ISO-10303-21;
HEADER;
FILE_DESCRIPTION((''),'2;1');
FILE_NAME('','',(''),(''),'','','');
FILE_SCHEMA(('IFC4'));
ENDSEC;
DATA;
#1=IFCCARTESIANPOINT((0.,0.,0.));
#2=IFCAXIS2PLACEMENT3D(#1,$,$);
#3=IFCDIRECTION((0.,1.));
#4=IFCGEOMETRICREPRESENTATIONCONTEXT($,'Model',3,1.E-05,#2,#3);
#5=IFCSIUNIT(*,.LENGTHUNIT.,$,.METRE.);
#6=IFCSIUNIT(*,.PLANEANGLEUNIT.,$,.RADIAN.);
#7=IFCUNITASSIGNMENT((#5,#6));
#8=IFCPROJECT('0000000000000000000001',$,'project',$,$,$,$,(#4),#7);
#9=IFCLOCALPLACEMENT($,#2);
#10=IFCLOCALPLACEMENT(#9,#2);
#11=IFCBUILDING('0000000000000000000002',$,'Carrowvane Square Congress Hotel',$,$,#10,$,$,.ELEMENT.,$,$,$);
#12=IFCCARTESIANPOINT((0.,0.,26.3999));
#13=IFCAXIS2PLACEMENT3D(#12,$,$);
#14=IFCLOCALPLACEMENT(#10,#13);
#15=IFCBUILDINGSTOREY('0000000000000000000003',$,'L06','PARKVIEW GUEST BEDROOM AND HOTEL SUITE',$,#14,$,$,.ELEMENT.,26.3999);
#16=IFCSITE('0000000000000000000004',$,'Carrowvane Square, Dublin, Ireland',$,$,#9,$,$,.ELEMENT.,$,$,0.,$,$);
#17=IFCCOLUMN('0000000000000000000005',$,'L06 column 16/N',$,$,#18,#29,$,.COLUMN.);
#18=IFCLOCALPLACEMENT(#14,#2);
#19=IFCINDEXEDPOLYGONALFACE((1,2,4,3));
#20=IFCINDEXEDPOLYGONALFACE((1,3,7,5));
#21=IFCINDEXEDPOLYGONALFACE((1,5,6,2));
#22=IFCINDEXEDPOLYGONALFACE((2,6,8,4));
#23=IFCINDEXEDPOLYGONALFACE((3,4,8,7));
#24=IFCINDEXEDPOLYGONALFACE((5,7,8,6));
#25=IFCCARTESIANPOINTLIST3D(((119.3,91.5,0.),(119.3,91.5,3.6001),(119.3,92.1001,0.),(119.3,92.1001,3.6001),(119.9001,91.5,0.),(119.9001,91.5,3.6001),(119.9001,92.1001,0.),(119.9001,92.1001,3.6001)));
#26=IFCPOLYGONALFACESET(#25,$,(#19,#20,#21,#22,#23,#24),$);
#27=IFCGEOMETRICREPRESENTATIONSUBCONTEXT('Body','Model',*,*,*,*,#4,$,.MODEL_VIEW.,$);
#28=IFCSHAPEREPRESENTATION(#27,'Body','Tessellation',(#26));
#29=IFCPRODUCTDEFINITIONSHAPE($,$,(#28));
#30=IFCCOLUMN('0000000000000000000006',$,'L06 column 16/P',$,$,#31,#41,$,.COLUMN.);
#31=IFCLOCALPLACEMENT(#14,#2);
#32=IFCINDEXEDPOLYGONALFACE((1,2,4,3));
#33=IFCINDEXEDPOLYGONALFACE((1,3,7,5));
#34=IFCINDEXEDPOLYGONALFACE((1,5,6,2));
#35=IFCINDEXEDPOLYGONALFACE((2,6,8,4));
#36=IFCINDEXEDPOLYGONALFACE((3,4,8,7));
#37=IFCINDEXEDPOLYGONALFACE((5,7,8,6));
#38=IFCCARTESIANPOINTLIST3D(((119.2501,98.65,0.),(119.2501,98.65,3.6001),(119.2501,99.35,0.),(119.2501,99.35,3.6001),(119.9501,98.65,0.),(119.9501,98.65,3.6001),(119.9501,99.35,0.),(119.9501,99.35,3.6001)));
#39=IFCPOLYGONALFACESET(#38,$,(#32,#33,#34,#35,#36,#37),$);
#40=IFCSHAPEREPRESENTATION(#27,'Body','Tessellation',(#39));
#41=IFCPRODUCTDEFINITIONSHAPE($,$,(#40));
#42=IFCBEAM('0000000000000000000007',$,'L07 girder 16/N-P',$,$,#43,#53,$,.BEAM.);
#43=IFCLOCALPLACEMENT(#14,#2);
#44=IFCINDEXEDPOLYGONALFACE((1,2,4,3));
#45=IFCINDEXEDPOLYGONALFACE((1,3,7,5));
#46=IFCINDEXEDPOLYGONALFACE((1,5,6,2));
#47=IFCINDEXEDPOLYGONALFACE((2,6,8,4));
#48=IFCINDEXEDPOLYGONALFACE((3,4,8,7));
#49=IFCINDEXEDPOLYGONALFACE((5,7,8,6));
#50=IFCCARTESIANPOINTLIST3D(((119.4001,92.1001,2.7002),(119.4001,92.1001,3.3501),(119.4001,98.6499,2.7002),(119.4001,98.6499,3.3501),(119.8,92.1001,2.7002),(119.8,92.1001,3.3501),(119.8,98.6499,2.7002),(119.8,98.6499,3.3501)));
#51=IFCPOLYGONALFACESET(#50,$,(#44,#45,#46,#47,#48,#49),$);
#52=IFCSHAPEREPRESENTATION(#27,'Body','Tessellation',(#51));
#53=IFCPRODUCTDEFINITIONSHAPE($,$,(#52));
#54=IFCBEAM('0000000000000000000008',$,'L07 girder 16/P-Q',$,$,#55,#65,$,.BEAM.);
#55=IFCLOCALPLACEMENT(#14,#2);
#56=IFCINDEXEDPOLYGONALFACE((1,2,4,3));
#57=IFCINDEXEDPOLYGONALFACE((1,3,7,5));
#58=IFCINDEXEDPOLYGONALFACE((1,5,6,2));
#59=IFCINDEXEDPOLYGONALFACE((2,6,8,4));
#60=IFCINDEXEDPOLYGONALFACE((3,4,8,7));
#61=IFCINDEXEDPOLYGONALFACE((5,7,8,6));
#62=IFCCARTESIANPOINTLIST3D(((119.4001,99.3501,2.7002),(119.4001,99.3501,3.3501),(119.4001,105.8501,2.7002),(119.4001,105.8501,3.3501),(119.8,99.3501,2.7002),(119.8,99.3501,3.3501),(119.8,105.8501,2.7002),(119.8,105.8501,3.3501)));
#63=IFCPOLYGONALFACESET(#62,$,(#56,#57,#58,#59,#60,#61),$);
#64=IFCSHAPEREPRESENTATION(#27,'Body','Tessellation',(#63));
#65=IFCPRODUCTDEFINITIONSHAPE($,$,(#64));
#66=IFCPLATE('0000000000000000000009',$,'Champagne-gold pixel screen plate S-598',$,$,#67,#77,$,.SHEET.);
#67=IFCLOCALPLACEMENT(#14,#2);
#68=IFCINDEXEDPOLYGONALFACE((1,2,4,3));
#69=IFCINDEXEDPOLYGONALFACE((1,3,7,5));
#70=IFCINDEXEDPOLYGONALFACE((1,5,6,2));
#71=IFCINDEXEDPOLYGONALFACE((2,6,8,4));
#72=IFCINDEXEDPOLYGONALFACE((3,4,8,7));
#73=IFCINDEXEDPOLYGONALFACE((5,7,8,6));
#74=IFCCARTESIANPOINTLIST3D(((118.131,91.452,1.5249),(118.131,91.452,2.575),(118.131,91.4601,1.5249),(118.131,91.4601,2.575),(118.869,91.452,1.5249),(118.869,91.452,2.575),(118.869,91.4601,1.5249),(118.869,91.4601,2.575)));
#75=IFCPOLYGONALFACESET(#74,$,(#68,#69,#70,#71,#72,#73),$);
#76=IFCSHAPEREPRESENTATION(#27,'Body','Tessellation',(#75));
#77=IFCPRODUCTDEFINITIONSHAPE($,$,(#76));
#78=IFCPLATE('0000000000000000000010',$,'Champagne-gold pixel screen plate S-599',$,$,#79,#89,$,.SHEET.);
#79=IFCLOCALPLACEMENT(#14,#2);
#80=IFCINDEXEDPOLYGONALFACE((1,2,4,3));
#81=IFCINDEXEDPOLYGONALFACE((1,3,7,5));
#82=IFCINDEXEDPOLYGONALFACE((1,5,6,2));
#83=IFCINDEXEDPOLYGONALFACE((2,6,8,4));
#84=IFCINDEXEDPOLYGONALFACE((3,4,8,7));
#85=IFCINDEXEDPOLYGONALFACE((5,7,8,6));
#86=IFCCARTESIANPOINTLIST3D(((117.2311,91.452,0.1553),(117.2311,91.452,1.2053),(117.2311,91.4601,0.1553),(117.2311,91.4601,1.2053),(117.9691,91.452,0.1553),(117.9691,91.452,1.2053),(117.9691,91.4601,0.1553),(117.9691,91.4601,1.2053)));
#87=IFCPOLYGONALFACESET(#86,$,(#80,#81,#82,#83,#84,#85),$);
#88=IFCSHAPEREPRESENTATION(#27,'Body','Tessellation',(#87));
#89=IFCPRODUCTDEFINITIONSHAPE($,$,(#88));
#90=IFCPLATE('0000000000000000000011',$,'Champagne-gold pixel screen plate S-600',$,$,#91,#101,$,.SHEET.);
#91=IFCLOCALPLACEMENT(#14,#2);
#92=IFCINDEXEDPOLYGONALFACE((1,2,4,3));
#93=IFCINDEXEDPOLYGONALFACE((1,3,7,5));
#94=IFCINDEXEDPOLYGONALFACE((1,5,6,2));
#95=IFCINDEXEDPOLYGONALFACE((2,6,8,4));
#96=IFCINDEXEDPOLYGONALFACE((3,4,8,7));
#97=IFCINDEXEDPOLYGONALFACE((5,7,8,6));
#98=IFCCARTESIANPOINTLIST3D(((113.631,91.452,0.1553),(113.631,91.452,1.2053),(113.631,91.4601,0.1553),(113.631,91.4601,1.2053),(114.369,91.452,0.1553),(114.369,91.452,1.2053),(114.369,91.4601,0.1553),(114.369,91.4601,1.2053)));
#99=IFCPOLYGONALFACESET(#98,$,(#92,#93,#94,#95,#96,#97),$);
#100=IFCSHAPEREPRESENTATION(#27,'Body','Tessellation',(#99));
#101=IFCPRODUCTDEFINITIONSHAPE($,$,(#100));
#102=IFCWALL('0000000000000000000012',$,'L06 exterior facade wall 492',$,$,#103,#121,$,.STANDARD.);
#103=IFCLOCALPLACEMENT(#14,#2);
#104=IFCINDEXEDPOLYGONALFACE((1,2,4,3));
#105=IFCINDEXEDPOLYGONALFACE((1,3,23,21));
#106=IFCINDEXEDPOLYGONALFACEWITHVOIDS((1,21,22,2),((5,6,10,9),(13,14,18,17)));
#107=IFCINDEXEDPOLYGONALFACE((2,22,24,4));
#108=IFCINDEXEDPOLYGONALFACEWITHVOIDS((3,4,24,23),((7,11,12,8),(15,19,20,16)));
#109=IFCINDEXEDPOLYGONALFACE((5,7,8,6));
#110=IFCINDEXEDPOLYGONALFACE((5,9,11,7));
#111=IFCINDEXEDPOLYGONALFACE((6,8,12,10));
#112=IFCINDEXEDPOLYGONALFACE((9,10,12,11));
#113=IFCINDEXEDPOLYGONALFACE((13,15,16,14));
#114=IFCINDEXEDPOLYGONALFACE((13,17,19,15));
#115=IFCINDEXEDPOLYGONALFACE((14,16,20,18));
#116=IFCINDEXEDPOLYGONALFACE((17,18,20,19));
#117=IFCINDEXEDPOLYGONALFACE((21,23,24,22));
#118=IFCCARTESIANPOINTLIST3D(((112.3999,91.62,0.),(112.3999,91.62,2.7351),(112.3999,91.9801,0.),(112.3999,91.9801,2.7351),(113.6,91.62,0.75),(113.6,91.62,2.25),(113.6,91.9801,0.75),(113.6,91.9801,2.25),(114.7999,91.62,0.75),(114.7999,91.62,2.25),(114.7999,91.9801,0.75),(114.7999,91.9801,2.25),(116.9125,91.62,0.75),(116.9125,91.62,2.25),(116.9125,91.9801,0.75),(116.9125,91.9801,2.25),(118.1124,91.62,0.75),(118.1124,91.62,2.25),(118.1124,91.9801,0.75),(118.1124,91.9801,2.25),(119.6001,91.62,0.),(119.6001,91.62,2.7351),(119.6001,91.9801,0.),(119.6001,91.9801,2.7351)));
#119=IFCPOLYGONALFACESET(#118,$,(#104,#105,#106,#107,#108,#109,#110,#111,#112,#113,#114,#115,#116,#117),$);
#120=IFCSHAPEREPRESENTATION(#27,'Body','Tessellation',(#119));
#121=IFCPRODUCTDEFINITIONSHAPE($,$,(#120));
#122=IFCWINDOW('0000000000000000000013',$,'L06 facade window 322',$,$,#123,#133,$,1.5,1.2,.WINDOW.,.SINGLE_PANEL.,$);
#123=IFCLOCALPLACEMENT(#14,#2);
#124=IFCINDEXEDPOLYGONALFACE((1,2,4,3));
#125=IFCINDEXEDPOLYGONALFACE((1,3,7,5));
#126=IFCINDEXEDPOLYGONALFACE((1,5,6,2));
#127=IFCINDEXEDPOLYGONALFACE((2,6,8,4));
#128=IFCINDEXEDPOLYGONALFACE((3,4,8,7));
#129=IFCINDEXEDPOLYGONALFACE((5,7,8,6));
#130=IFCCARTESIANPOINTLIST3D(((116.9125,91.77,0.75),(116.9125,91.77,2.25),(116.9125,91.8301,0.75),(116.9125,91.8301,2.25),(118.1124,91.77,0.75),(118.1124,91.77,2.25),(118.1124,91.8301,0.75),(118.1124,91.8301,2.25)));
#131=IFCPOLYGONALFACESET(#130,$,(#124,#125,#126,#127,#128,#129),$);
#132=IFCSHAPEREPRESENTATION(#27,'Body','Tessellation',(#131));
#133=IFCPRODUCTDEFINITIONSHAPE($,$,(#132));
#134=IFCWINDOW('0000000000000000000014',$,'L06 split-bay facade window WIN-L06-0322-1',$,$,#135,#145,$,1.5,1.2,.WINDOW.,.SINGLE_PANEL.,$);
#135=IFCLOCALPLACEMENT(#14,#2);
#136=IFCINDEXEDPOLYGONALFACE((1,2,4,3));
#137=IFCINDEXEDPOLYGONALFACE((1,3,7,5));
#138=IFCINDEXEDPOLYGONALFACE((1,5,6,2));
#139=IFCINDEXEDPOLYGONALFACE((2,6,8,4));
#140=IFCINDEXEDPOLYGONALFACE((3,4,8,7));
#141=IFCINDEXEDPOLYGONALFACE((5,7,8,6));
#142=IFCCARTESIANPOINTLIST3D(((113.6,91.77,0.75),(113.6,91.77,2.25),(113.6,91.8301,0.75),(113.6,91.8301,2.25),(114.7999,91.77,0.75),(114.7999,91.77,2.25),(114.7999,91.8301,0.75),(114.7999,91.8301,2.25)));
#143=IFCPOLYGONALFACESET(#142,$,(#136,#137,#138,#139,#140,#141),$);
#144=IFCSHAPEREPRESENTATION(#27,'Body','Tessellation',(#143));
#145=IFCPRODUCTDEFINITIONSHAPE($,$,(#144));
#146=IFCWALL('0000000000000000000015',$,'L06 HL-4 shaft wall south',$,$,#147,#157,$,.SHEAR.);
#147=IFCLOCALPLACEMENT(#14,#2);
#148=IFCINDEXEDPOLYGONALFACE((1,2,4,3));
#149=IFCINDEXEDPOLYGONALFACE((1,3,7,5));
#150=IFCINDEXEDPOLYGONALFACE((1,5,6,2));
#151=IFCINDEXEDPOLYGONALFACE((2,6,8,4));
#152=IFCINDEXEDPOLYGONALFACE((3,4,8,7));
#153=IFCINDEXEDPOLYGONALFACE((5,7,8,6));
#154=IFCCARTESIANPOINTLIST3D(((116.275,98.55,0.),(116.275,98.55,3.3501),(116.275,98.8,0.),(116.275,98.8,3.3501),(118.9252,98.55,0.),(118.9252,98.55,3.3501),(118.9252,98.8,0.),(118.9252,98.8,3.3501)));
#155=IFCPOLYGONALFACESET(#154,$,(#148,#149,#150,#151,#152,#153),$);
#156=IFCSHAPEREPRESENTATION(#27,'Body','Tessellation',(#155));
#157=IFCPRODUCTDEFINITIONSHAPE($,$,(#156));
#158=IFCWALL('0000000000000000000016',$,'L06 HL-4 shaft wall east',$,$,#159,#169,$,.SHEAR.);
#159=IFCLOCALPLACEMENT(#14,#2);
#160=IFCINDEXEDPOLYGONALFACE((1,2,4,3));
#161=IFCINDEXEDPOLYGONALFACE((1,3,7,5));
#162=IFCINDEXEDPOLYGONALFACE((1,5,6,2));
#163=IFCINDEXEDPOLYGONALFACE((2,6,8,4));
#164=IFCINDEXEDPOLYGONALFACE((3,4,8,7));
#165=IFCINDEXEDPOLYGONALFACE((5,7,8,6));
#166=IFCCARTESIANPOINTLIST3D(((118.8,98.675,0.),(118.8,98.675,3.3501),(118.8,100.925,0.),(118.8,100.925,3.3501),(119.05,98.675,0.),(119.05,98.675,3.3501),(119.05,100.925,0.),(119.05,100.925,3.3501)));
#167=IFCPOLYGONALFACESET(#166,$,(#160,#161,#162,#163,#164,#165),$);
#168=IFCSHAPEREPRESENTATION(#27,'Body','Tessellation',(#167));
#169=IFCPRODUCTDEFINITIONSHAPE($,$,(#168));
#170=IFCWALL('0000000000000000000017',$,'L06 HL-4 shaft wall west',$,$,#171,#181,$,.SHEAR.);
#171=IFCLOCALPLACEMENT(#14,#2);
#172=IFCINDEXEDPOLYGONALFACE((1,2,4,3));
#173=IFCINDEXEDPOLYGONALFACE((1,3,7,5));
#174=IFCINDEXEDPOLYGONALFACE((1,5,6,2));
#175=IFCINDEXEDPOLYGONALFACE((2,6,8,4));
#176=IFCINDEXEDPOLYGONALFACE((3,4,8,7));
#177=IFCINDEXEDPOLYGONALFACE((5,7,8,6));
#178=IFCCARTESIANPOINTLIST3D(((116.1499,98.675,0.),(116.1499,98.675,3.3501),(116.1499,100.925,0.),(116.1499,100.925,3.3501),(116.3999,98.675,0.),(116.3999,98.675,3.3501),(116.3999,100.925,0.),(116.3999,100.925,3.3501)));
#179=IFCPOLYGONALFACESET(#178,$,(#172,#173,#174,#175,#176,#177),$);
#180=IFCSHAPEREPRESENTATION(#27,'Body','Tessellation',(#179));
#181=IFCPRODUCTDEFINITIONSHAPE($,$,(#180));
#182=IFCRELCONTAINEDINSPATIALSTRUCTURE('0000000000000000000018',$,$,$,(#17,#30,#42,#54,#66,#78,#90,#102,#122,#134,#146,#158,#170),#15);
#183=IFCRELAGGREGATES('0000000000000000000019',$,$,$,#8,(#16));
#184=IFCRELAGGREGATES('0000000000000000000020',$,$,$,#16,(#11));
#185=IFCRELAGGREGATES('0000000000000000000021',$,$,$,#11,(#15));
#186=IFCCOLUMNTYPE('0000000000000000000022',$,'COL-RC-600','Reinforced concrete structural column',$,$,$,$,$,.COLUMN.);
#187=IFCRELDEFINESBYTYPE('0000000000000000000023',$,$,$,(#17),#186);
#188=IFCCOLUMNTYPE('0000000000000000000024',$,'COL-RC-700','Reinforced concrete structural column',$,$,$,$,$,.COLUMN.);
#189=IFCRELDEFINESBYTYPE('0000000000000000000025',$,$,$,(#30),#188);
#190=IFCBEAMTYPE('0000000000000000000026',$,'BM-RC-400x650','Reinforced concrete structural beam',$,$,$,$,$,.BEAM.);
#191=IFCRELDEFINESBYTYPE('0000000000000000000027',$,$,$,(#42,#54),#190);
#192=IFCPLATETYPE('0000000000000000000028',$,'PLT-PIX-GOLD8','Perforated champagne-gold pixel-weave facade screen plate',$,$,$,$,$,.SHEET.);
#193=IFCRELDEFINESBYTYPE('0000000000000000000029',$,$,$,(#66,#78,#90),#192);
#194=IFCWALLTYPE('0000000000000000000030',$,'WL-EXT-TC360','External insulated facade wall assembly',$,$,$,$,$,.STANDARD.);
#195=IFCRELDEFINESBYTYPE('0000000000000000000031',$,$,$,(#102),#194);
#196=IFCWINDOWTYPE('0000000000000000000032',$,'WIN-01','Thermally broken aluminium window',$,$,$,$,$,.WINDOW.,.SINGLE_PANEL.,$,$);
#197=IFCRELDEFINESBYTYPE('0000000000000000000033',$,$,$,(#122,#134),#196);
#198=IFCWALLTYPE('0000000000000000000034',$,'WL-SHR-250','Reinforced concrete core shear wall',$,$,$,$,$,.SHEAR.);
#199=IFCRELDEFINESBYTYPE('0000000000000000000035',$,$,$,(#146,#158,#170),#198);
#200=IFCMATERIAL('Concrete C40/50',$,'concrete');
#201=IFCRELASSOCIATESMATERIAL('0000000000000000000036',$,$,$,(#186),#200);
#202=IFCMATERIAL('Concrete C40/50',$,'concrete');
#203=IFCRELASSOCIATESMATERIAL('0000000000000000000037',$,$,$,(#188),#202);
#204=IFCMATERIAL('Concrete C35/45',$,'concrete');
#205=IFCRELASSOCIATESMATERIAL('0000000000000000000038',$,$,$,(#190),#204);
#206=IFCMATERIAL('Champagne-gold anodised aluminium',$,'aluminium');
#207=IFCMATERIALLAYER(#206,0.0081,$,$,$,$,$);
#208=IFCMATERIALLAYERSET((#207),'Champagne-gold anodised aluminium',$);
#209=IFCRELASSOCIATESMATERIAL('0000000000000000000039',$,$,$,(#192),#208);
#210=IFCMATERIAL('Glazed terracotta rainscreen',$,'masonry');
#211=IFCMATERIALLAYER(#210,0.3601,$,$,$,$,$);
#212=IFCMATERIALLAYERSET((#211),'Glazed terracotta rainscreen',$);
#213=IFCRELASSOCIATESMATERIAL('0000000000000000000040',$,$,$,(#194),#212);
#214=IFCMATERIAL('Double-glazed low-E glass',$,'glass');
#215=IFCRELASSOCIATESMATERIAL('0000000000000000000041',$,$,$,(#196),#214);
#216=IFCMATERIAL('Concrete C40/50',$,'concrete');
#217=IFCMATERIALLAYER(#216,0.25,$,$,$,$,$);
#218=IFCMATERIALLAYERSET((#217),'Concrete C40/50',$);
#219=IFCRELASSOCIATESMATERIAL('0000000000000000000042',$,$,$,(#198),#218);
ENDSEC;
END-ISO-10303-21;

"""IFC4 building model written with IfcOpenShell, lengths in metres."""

from ifc_helpers import new_model, si_unit, direction, frame, frame_2d, origin, origin_2d, place, context, subcontext, project, spatial, rectangle, extrude, material, layer, layer_set, material_profile, profile_set, type_object, element, fill, save


model = new_model("IFC4")

# Units and contexts
model_context = context("Model", 3, precision=1e-05, world=origin(), true_north=direction((0.0, 1.0)))
body_context = subcontext(model_context, "Body", "Model", "MODEL_VIEW")
ifc_project = project(units=[si_unit("LENGTHUNIT", "METRE"), si_unit("PLANEANGLEUNIT", "RADIAN")], contexts=[model_context])

# Site, building, storey
site_placement = place(None, origin())
site = spatial("IfcSite", under=ifc_project, at=site_placement, Name="Carrowvane Square, Dublin, Ireland", CompositionType="ELEMENT", RefElevation=0.0)
building_placement = place(site_placement, origin())
building = spatial("IfcBuilding", under=site, at=building_placement, Name="Carrowvane Square Congress Hotel", CompositionType="ELEMENT")
storey_placement = place(building_placement, frame((0.0, 0.0, 26.3999)))
storey = spatial("IfcBuildingStorey", under=building, at=storey_placement, Name="L06", Description="PARKVIEW GUEST BEDROOM AND HOTEL SUITE", CompositionType="ELEMENT", Elevation=26.3999)

# Columns
ifc_material_1 = material(Name="Concrete C40/50", Category="concrete")
ifc_material_profile_1 = material_profile(ifc_material_1, rectangle(XDim=0.6001, YDim=0.6001, at=origin_2d()), Name="RC 600x600")
ifc_profile_set_1 = profile_set([ifc_material_profile_1], Name="Concrete C40/50")
column_type_1 = type_object("IfcColumnType", Name="COL-RC-600", Description="Reinforced concrete structural column", PredefinedType="COLUMN", material=ifc_profile_set_1)
column_1_placement = place(storey_placement, frame((119.6001, 91.8, 0.0), z_axis=(0.0, 0.0, 1.0), x_axis=(1.0, 0.0, 0.0)))
element("IfcColumn", 1, at=column_1_placement, inside=storey, type_object=column_type_1, Name="L06 column 16/N", PredefinedType="COLUMN", context=body_context, shape_type="SweptSolid", body=[
    extrude(rectangle(XDim=0.6001, YDim=0.6001, at=origin_2d()), origin(), (0.0, 0.0, 1.0), 3.6001),
])
ifc_material_2 = material(Name="Concrete C40/50", Category="concrete")
ifc_material_profile_2 = material_profile(ifc_material_2, rectangle(XDim=0.7, YDim=0.7, at=origin_2d()), Name="RC 700x700")
ifc_profile_set_2 = profile_set([ifc_material_profile_2], Name="Concrete C40/50")
column_type_2 = type_object("IfcColumnType", Name="COL-RC-700", Description="Reinforced concrete structural column", PredefinedType="COLUMN", material=ifc_profile_set_2)
column_2_placement = place(storey_placement, frame((119.6001, 99.0, 0.0), z_axis=(0.0, 0.0, 1.0), x_axis=(1.0, 0.0, 0.0)))
element("IfcColumn", 2, at=column_2_placement, inside=storey, type_object=column_type_2, Name="L06 column 16/P", PredefinedType="COLUMN", context=body_context, shape_type="SweptSolid", body=[
    extrude(rectangle(XDim=0.7, YDim=0.7, at=origin_2d()), origin(), (0.0, 0.0, 1.0), 3.6001),
])

# Beams
ifc_material_3 = material(Name="Concrete C35/45", Category="concrete")
ifc_material_profile_3 = material_profile(ifc_material_3, rectangle(XDim=0.3999, YDim=0.6499, at=origin_2d()), Name="RC 400x650")
ifc_profile_set_3 = profile_set([ifc_material_profile_3], Name="Concrete C35/45")
beam_type = type_object("IfcBeamType", Name="BM-RC-400x650", Description="Reinforced concrete structural beam", PredefinedType="BEAM", material=ifc_profile_set_3)
beam_1_placement = place(storey_placement, frame((119.6001, 92.1001, 3.0251), z_axis=(0.0, 1.0, 0.0), x_axis=(-1.0, 0.0, 0.0)))
element("IfcBeam", 3, at=beam_1_placement, inside=storey, type_object=beam_type, Name="L07 girder 16/N-P", PredefinedType="BEAM", context=body_context, shape_type="SweptSolid", body=[
    extrude(rectangle(XDim=0.3999, YDim=0.6499, at=origin_2d()), origin(), (0.0, 0.0, 1.0), 6.5498),
])
beam_2_placement = place(storey_placement, frame((119.6001, 99.3501, 3.0251), z_axis=(0.0, 1.0, 0.0), x_axis=(-1.0, 0.0, 0.0)))
element("IfcBeam", 4, at=beam_2_placement, inside=storey, type_object=beam_type, Name="L07 girder 16/P-Q", PredefinedType="BEAM", context=body_context, shape_type="SweptSolid", body=[
    extrude(rectangle(XDim=0.3999, YDim=0.6499, at=origin_2d()), origin(), (0.0, 0.0, 1.0), 6.5),
])

# Plates
ifc_material_4 = material(Name="Champagne-gold anodised aluminium", Category="aluminium")
ifc_layer_1 = layer(ifc_material_4, 0.0081)
ifc_layer_set_1 = layer_set([ifc_layer_1], Name="Champagne-gold anodised aluminium")
plate_type = type_object("IfcPlateType", Name="PLT-PIX-GOLD8", Description="Perforated champagne-gold pixel-weave facade screen plate", PredefinedType="SHEET", material=ifc_layer_set_1)
for number, where, z_axis, x_axis, name in (
    (5, (118.5, 91.4561, 1.5249), (0.0, 0.0, 1.0), (-1.0, 0.0, 0.0), "Champagne-gold pixel screen plate S-598"),
    (6, (117.6001, 91.4561, 0.1553), (0.0, 0.0, 1.0), (-1.0, 0.0, 0.0), "Champagne-gold pixel screen plate S-599"),
    (7, (114.0, 91.4561, 0.1553), (0.0, 0.0, 1.0), (-1.0, 0.0, 0.0), "Champagne-gold pixel screen plate S-600"),
):
    element("IfcPlate", number, at=place(storey_placement, frame(where, z_axis=z_axis, x_axis=x_axis)), inside=storey, type_object=plate_type, Name=name, PredefinedType="SHEET", context=body_context, shape_type="SweptSolid", body=[
        extrude(rectangle(XDim=0.738, YDim=0.0081, at=origin_2d()), origin(), (0.0, 0.0, 1.0), 1.05),
    ])

# Wall, openings, windows
ifc_material_5 = material(Name="Glazed terracotta rainscreen", Category="masonry")
ifc_layer_2 = layer(ifc_material_5, 0.3601)
ifc_layer_set_2 = layer_set([ifc_layer_2], Name="Glazed terracotta rainscreen")
wall_type_1 = type_object("IfcWallType", Name="WL-EXT-TC360", Description="External insulated facade wall assembly", PredefinedType="STANDARD", material=ifc_layer_set_2)
wall_1_placement = place(storey_placement, frame((119.6001, 91.8, 0.0), z_axis=(0.0, 0.0, 1.0), x_axis=(-1.0, 0.0, 0.0)))
wall_1 = element("IfcWall", 8, at=wall_1_placement, inside=storey, type_object=wall_type_1, Name="L06 exterior facade wall 492", PredefinedType="STANDARD", context=body_context, shape_type="SweptSolid", body=[
    extrude(rectangle(XDim=7.2002, YDim=0.3601, at=frame_2d((3.6001, 0.0))), origin(), (0.0, 0.0, 1.0), 2.7351),
])
opening_1_placement = place(wall_1_placement, frame((1.4875, 0.0, 0.75)))
opening_1 = element("IfcOpeningElement", 9, at=opening_1_placement, cuts=wall_1, PredefinedType="OPENING", context=body_context, shape_type="SweptSolid", body=[
    extrude(rectangle(XDim=1.2, YDim=1.5, at=frame_2d((0.6001, 0.75))), frame((0.0, 0.1899, 0.0), z_axis=(0.0, -1.0, 0.0), x_axis=(1.0, 0.0, 0.0)), (0.0, 0.0, 1.0), 0.3801),
])
opening_2_placement = place(wall_1_placement, frame((4.8, 0.0, 0.75)))
opening_2 = element("IfcOpeningElement", 10, at=opening_2_placement, cuts=wall_1, PredefinedType="OPENING", context=body_context, shape_type="SweptSolid", body=[
    extrude(rectangle(XDim=1.2, YDim=1.5, at=frame_2d((0.6001, 0.75))), frame((0.0, 0.1899, 0.0), z_axis=(0.0, -1.0, 0.0), x_axis=(1.0, 0.0, 0.0)), (0.0, 0.0, 1.0), 0.3801),
])
ifc_material_6 = material(Name="Double-glazed low-E glass", Category="glass")
window_type = type_object("IfcWindowType", Name="WIN-01", Description="Thermally broken aluminium window", PartitioningType="SINGLE_PANEL", PredefinedType="WINDOW", material=ifc_material_6)
window_1_placement = place(opening_1_placement, origin())
window_1 = element("IfcWindow", 11, at=window_1_placement, inside=storey, type_object=window_type, Name="L06 facade window 322", OverallHeight=1.5, OverallWidth=1.2, PartitioningType="SINGLE_PANEL", PredefinedType="WINDOW", context=body_context, shape_type="SweptSolid", body=[
    extrude(rectangle(XDim=1.2, YDim=1.5, at=frame_2d((0.6001, 0.75))), frame((0.0, 0.03, 0.0), z_axis=(0.0, -1.0, 0.0), x_axis=(1.0, 0.0, 0.0)), (0.0, 0.0, 1.0), 0.0601),
])
fill(opening_1, window_1)
window_2_placement = place(opening_2_placement, origin())
window_2 = element("IfcWindow", 12, at=window_2_placement, inside=storey, type_object=window_type, Name="L06 split-bay facade window WIN-L06-0322-1", OverallHeight=1.5, OverallWidth=1.2, PartitioningType="SINGLE_PANEL", PredefinedType="WINDOW", context=body_context, shape_type="SweptSolid", body=[
    extrude(rectangle(XDim=1.2, YDim=1.5, at=frame_2d((0.6001, 0.75))), frame((0.0, 0.03, 0.0), z_axis=(0.0, -1.0, 0.0), x_axis=(1.0, 0.0, 0.0)), (0.0, 0.0, 1.0), 0.0601),
])
fill(opening_2, window_2)

# Walls
ifc_material_7 = material(Name="Concrete C40/50", Category="concrete")
ifc_layer_3 = layer(ifc_material_7, 0.25)
ifc_layer_set_3 = layer_set([ifc_layer_3], Name="Concrete C40/50")
wall_type_2 = type_object("IfcWallType", Name="WL-SHR-250", Description="Reinforced concrete core shear wall", PredefinedType="SHEAR", material=ifc_layer_set_3)
wall_2_placement = place(storey_placement, frame((116.2749, 98.675, 0.0), z_axis=(0.0, 0.0, 1.0), x_axis=(1.0, 0.0, 0.0)))
element("IfcWall", 13, at=wall_2_placement, inside=storey, type_object=wall_type_2, Name="L06 HL-4 shaft wall south", PredefinedType="SHEAR", context=body_context, shape_type="SweptSolid", body=[
    extrude(rectangle(XDim=2.6501, YDim=0.25, at=frame_2d((1.3252, 0.0))), origin(), (0.0, 0.0, 1.0), 3.3501),
])
wall_3_placement = place(storey_placement, frame((118.925, 98.675, 0.0), z_axis=(0.0, 0.0, 1.0), x_axis=(0.0, 1.0, 0.0)))
element("IfcWall", 14, at=wall_3_placement, inside=storey, type_object=wall_type_2, Name="L06 HL-4 shaft wall east", PredefinedType="SHEAR", context=body_context, shape_type="SweptSolid", body=[
    extrude(rectangle(XDim=2.25, YDim=0.25, at=frame_2d((1.125, 0.0))), origin(), (0.0, 0.0, 1.0), 3.3501),
])

# Wall
wall_4_placement = place(storey_placement, frame((116.2749, 100.925, 0.0), z_axis=(0.0, 0.0, 1.0), x_axis=(0.0, -1.0, 0.0)))
element("IfcWall", 15, at=wall_4_placement, inside=storey, type_object=wall_type_2, Name="L06 HL-4 shaft wall west", PredefinedType="SHEAR", context=body_context, shape_type="SweptSolid", body=[
    extrude(rectangle(XDim=2.25, YDim=0.25, at=frame_2d((1.125, 0.0))), origin(), (0.0, 0.0, 1.0), 3.3501),
])

save(model, "model.ifc")
